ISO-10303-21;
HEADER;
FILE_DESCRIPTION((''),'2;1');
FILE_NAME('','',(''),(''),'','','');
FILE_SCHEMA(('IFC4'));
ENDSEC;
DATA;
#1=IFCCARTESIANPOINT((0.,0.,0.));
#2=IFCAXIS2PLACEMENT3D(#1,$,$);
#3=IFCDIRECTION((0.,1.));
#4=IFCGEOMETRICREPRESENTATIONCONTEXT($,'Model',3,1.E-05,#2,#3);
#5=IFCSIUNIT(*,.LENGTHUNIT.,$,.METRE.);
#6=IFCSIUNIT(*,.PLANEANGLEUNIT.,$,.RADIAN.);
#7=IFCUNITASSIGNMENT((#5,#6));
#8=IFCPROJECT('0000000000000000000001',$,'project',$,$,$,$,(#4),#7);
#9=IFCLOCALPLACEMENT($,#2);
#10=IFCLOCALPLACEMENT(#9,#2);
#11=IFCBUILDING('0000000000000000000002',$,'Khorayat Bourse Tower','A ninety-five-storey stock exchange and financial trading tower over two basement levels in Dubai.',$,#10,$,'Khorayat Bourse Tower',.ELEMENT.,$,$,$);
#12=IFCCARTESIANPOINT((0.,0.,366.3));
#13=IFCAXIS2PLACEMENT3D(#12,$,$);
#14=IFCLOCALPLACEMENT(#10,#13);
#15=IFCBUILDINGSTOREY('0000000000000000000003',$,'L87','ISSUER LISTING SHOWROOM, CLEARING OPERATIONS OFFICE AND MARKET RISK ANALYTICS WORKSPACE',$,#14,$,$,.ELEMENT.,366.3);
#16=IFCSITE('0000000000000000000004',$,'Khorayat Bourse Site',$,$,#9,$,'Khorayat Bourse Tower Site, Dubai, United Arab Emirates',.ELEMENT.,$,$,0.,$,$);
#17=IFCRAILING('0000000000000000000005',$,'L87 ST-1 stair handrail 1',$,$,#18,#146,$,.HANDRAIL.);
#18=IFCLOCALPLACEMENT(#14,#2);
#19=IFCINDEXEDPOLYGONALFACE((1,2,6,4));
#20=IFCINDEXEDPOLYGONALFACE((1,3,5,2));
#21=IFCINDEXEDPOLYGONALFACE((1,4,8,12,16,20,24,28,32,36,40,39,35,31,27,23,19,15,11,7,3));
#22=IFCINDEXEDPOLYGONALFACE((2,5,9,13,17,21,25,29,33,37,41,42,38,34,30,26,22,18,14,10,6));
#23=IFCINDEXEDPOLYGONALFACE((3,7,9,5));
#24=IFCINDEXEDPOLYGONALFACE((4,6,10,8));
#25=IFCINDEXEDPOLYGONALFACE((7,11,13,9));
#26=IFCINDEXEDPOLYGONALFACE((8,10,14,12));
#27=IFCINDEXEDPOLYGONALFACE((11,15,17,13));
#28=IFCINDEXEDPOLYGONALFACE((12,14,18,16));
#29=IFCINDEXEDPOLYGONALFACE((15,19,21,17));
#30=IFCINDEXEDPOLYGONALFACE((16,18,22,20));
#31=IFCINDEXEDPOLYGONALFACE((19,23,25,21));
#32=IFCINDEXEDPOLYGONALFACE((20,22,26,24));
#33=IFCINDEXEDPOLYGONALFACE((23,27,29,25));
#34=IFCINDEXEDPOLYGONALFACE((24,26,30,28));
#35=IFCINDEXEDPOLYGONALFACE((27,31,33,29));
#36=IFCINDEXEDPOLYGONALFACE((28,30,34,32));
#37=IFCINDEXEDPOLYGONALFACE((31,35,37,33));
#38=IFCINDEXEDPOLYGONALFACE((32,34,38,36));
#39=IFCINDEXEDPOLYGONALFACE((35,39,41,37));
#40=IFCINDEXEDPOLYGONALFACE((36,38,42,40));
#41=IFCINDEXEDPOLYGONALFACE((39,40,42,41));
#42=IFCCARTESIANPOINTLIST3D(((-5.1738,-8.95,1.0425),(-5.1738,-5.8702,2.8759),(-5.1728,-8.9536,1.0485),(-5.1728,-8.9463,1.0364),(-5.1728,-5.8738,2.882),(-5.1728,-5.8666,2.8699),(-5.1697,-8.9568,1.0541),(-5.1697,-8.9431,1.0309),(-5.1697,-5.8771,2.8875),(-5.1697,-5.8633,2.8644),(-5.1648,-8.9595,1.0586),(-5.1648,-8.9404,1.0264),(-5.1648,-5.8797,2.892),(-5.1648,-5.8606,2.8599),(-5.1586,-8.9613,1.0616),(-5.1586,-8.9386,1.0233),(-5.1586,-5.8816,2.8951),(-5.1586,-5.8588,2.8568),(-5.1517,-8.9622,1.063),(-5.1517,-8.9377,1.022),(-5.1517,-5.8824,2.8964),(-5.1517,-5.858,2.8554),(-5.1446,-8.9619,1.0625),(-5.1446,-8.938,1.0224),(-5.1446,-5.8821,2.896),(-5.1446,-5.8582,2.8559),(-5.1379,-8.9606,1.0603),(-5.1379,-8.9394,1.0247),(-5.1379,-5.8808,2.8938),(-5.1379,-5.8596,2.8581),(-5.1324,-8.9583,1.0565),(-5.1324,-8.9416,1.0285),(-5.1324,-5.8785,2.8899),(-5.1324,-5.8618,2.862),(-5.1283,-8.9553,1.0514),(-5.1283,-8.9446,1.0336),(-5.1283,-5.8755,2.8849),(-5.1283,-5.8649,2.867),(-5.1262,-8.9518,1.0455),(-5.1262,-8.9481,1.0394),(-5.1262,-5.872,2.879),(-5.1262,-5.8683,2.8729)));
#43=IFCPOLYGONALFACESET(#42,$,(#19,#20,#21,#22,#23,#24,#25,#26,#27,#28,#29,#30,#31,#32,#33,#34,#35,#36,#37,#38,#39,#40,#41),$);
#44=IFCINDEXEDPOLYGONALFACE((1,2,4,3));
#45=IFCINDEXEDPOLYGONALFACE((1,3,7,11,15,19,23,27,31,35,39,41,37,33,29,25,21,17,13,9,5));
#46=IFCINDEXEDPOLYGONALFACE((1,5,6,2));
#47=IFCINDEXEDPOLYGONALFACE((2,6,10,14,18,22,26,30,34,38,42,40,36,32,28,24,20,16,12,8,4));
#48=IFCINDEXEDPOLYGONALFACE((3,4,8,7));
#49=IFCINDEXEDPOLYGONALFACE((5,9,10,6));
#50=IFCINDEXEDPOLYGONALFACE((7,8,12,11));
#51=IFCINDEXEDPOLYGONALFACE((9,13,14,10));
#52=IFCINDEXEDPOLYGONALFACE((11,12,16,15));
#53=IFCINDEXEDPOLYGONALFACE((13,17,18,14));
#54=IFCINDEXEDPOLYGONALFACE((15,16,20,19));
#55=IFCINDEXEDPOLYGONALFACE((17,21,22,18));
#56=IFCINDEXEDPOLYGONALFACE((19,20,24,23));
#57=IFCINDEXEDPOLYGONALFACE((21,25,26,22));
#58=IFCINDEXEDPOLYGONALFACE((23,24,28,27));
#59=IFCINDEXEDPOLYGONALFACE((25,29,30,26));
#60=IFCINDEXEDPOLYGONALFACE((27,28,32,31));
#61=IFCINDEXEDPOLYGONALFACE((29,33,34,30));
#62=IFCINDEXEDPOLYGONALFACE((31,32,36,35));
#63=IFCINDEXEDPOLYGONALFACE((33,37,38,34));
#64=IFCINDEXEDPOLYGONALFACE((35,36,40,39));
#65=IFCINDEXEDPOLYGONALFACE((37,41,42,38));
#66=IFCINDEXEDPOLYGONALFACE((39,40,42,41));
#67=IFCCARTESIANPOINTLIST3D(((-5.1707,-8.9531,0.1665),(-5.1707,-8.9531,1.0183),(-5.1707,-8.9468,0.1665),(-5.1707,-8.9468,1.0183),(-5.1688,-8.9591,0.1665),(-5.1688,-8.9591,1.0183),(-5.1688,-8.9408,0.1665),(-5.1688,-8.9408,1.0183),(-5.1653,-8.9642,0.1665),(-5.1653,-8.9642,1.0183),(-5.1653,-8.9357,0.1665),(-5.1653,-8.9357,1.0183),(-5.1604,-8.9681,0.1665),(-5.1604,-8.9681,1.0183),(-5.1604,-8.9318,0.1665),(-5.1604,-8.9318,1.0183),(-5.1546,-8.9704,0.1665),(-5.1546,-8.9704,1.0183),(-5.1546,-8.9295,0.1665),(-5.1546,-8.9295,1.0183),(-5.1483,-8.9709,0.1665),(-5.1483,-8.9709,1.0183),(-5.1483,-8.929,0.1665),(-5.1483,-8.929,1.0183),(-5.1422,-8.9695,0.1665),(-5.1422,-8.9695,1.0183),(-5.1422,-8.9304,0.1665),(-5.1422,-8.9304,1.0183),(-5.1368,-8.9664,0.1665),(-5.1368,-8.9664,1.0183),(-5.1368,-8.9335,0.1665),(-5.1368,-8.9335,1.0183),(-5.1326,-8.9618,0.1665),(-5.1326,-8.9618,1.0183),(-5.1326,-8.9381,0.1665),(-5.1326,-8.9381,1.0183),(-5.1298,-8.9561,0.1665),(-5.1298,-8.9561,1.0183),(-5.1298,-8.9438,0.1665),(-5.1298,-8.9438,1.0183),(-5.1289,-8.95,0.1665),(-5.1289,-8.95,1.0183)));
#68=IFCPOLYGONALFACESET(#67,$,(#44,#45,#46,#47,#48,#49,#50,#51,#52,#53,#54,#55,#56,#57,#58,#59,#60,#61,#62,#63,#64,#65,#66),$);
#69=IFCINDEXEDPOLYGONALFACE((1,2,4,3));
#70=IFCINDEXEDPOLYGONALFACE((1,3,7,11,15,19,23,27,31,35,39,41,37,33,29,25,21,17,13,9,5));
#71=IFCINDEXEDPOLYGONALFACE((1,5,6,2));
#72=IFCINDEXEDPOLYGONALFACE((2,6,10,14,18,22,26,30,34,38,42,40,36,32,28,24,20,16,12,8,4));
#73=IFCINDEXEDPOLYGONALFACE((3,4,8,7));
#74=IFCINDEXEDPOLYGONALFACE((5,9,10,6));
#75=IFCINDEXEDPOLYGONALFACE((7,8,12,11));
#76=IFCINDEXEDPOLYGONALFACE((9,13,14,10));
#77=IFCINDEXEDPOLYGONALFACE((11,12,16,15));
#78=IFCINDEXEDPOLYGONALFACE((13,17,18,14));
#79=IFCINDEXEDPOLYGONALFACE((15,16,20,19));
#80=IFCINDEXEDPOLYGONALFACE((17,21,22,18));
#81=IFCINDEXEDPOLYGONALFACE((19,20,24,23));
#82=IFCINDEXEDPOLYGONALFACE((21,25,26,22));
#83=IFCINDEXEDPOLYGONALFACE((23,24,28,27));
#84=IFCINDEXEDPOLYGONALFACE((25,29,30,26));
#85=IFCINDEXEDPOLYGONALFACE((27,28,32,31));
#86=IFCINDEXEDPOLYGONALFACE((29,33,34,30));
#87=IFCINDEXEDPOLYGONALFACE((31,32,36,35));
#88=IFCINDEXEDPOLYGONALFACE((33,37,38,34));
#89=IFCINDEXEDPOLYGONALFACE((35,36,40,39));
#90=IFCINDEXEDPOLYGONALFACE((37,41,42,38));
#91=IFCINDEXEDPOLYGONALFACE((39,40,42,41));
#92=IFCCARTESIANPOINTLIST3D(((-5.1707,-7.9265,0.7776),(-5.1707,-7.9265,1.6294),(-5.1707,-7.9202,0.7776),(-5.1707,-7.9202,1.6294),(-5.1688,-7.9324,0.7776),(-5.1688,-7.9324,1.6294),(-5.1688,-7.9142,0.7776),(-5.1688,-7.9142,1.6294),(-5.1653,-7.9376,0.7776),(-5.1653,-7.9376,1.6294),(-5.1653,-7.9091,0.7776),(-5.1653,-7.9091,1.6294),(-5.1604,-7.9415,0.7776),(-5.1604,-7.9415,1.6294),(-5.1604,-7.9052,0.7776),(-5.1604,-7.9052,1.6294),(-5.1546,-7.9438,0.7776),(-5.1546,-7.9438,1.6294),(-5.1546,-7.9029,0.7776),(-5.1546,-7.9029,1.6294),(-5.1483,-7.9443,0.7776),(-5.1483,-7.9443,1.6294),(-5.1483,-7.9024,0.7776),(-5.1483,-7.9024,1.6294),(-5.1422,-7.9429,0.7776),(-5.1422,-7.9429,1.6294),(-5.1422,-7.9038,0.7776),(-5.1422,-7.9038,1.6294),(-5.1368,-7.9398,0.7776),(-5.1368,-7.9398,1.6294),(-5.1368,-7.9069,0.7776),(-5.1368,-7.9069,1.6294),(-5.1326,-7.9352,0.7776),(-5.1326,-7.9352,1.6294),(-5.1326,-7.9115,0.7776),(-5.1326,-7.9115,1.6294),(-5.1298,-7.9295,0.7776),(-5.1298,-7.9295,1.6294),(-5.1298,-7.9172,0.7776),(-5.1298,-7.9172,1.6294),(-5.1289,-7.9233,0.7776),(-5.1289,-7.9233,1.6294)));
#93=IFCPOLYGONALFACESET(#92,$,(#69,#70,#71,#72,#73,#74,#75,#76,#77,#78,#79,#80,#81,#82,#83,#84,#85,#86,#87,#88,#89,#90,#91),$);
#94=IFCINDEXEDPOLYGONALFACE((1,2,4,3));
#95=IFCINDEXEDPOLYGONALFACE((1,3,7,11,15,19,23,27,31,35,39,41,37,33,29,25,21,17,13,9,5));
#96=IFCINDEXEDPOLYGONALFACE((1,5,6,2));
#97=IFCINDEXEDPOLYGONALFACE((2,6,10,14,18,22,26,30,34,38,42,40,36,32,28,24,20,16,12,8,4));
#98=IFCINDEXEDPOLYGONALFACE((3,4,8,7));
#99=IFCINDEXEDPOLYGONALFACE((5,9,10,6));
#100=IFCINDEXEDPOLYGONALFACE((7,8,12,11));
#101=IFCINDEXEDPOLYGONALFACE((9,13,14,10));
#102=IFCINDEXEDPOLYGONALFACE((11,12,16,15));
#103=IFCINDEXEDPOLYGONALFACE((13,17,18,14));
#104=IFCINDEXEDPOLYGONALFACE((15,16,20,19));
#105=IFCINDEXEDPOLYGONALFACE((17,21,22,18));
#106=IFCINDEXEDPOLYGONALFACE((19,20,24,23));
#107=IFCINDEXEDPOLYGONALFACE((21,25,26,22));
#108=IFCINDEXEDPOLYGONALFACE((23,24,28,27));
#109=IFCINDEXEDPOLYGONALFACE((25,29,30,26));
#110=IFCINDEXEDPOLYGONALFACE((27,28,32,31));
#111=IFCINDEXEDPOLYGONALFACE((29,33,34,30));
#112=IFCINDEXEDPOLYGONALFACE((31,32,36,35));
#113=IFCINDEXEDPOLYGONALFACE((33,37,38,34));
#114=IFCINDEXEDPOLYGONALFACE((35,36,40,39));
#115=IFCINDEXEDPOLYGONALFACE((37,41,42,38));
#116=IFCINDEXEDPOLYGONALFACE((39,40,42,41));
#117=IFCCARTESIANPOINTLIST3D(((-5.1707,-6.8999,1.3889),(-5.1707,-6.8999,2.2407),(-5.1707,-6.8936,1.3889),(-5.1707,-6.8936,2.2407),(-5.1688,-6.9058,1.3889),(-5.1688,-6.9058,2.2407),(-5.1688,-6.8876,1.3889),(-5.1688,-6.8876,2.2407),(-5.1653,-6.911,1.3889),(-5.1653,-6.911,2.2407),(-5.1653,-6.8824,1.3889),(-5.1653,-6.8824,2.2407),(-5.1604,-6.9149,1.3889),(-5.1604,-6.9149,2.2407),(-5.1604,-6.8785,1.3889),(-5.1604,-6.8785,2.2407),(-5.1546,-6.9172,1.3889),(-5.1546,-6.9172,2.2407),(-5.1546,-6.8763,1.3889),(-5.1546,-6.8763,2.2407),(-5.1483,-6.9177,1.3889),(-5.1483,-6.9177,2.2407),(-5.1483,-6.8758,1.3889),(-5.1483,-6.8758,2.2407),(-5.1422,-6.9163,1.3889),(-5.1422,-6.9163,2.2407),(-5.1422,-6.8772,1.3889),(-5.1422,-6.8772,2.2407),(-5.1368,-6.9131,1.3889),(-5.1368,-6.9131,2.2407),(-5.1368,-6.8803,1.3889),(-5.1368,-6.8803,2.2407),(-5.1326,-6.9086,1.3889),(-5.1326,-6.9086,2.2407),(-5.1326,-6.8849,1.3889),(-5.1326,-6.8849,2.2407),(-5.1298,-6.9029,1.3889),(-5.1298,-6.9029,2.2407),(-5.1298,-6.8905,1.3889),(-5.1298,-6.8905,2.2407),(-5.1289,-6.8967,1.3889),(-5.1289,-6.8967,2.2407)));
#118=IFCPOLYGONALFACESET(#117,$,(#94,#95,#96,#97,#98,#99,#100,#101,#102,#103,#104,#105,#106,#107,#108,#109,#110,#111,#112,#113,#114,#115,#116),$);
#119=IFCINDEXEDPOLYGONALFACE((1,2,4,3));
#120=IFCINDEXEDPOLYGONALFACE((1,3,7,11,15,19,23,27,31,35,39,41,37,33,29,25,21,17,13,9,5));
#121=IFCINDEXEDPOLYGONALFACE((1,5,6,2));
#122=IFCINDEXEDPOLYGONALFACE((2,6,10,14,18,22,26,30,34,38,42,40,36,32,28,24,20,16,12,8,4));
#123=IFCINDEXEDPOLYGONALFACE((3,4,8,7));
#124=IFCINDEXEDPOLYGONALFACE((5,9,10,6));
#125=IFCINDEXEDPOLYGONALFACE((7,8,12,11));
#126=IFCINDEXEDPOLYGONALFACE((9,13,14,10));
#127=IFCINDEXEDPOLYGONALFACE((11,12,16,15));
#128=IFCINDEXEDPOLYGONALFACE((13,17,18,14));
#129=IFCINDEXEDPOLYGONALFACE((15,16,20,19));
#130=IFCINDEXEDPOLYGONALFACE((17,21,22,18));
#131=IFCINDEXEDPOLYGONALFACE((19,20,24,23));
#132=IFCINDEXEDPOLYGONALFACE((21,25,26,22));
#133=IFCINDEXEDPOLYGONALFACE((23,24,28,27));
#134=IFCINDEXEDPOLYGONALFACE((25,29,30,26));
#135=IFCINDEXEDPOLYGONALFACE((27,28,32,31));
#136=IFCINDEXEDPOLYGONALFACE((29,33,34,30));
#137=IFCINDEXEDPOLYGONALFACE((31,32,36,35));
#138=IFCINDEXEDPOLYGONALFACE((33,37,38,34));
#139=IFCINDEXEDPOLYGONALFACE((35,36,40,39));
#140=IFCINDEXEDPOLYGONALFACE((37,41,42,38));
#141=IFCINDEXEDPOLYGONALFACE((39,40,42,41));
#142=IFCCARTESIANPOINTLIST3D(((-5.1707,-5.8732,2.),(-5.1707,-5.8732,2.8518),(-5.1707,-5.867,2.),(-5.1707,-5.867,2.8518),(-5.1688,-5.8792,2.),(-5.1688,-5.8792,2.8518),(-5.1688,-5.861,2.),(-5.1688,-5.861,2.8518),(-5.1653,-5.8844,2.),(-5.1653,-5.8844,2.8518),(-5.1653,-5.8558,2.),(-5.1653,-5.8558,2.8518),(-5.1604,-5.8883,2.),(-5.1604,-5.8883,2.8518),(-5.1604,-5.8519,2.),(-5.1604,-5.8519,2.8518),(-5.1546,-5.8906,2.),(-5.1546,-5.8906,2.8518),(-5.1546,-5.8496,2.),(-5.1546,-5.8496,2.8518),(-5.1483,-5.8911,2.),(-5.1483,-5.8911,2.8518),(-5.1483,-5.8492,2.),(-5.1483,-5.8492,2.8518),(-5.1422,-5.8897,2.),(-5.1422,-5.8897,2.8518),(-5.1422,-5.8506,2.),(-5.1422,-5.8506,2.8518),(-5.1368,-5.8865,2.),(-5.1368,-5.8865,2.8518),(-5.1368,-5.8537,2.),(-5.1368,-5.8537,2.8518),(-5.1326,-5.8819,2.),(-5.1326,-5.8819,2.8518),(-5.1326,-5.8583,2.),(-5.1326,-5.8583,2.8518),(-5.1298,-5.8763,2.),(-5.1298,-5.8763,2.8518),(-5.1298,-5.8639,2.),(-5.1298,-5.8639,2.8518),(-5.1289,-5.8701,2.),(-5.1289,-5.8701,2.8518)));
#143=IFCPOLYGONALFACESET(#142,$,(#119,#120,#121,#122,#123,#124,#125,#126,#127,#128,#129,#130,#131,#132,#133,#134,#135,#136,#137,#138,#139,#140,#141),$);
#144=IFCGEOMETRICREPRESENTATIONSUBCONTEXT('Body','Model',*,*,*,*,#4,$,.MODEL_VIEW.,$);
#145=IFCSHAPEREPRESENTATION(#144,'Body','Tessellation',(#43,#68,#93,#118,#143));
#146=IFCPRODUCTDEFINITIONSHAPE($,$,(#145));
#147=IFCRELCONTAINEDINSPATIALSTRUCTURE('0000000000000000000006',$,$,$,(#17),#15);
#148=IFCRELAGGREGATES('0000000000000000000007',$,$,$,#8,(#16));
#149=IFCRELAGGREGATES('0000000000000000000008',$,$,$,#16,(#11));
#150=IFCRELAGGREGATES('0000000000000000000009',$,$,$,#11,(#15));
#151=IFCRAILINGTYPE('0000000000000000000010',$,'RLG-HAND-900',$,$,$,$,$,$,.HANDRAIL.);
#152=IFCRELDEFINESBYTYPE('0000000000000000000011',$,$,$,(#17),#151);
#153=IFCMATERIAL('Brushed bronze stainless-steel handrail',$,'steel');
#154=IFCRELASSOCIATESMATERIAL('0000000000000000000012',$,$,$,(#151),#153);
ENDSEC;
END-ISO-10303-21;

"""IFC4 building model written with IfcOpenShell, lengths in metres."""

from ifc_helpers import new_model, si_unit, direction, frame, origin, origin_2d, place, context, subcontext, project, spatial, circle, extrude, source, transform, mapped, material, type_object, element, save


model = new_model("IFC4")

# Units and contexts
model_context = context("Model", 3, precision=1e-05, world=origin(), true_north=direction((0.0, 1.0)))
body_context = subcontext(model_context, "Body", "Model", "MODEL_VIEW")
ifc_project = project(units=[si_unit("LENGTHUNIT", "METRE"), si_unit("PLANEANGLEUNIT", "RADIAN")], contexts=[model_context])

# Site, building, storey
site_placement = place(None, origin())
site = spatial("IfcSite", under=ifc_project, at=site_placement, Name="Khorayat Bourse Site", LongName="Khorayat Bourse Tower Site, Dubai, United Arab Emirates", CompositionType="ELEMENT", RefElevation=0.0)
building_placement = place(site_placement, origin())
building = spatial("IfcBuilding", under=site, at=building_placement, Name="Khorayat Bourse Tower", Description="A ninety-five-storey stock exchange and financial trading tower over two basement levels in Dubai.", LongName="Khorayat Bourse Tower", CompositionType="ELEMENT")
storey_placement = place(building_placement, frame((0.0, 0.0, 366.3)))
storey = spatial("IfcBuildingStorey", under=building, at=storey_placement, Name="L87", Description="ISSUER LISTING SHOWROOM, CLEARING OPERATIONS OFFICE AND MARKET RISK ANALYTICS WORKSPACE", CompositionType="ELEMENT", Elevation=366.3)

# Railing
ifc_material_1 = material(Name="Brushed bronze stainless-steel handrail", Category="steel")
railing_type_1 = type_object("IfcRailingType", Name="RLG-HAND-900", PredefinedType="HANDRAIL", material=ifc_material_1)
shared_shape_1 = source(origin(), body_context, "Body", "SweptSolid", [
    extrude(circle(Radius=0.0239, at=origin_2d()), frame((0.0, 0.0, 0.876), z_axis=(0.0, 0.859261, 0.511538), x_axis=(-1.0, 0.0, 0.0)), (0.0, 0.0, 1.0), 3.5842),
    extrude(circle(Radius=0.021, at=origin_2d()), origin(), (0.0, 0.0, 1.0), 0.8518),
    extrude(circle(Radius=0.021, at=origin_2d()), frame((0.0, 1.0266, 0.6111)), (0.0, 0.0, 1.0), 0.8518),
    extrude(circle(Radius=0.021, at=origin_2d()), frame((0.0, 2.0532, 1.2224)), (0.0, 0.0, 1.0), 0.8518),
    extrude(circle(Radius=0.021, at=origin_2d()), frame((0.0, 3.0798, 1.8335)), (0.0, 0.0, 1.0), 0.8518),
])
railing_1_placement = place(storey_placement, frame((-5.1499, -8.95, 0.1665)))
element("IfcRailing", 1, at=railing_1_placement, inside=storey, type_object=railing_type_1, Name="L87 ST-1 stair handrail 1", PredefinedType="HANDRAIL", context=body_context, shape_type="MappedRepresentation", body=[
    mapped(shared_shape_1, transform((0.0, 0.0, 0.0), scale=1.0)),
])

save(model, "model.ifc")
